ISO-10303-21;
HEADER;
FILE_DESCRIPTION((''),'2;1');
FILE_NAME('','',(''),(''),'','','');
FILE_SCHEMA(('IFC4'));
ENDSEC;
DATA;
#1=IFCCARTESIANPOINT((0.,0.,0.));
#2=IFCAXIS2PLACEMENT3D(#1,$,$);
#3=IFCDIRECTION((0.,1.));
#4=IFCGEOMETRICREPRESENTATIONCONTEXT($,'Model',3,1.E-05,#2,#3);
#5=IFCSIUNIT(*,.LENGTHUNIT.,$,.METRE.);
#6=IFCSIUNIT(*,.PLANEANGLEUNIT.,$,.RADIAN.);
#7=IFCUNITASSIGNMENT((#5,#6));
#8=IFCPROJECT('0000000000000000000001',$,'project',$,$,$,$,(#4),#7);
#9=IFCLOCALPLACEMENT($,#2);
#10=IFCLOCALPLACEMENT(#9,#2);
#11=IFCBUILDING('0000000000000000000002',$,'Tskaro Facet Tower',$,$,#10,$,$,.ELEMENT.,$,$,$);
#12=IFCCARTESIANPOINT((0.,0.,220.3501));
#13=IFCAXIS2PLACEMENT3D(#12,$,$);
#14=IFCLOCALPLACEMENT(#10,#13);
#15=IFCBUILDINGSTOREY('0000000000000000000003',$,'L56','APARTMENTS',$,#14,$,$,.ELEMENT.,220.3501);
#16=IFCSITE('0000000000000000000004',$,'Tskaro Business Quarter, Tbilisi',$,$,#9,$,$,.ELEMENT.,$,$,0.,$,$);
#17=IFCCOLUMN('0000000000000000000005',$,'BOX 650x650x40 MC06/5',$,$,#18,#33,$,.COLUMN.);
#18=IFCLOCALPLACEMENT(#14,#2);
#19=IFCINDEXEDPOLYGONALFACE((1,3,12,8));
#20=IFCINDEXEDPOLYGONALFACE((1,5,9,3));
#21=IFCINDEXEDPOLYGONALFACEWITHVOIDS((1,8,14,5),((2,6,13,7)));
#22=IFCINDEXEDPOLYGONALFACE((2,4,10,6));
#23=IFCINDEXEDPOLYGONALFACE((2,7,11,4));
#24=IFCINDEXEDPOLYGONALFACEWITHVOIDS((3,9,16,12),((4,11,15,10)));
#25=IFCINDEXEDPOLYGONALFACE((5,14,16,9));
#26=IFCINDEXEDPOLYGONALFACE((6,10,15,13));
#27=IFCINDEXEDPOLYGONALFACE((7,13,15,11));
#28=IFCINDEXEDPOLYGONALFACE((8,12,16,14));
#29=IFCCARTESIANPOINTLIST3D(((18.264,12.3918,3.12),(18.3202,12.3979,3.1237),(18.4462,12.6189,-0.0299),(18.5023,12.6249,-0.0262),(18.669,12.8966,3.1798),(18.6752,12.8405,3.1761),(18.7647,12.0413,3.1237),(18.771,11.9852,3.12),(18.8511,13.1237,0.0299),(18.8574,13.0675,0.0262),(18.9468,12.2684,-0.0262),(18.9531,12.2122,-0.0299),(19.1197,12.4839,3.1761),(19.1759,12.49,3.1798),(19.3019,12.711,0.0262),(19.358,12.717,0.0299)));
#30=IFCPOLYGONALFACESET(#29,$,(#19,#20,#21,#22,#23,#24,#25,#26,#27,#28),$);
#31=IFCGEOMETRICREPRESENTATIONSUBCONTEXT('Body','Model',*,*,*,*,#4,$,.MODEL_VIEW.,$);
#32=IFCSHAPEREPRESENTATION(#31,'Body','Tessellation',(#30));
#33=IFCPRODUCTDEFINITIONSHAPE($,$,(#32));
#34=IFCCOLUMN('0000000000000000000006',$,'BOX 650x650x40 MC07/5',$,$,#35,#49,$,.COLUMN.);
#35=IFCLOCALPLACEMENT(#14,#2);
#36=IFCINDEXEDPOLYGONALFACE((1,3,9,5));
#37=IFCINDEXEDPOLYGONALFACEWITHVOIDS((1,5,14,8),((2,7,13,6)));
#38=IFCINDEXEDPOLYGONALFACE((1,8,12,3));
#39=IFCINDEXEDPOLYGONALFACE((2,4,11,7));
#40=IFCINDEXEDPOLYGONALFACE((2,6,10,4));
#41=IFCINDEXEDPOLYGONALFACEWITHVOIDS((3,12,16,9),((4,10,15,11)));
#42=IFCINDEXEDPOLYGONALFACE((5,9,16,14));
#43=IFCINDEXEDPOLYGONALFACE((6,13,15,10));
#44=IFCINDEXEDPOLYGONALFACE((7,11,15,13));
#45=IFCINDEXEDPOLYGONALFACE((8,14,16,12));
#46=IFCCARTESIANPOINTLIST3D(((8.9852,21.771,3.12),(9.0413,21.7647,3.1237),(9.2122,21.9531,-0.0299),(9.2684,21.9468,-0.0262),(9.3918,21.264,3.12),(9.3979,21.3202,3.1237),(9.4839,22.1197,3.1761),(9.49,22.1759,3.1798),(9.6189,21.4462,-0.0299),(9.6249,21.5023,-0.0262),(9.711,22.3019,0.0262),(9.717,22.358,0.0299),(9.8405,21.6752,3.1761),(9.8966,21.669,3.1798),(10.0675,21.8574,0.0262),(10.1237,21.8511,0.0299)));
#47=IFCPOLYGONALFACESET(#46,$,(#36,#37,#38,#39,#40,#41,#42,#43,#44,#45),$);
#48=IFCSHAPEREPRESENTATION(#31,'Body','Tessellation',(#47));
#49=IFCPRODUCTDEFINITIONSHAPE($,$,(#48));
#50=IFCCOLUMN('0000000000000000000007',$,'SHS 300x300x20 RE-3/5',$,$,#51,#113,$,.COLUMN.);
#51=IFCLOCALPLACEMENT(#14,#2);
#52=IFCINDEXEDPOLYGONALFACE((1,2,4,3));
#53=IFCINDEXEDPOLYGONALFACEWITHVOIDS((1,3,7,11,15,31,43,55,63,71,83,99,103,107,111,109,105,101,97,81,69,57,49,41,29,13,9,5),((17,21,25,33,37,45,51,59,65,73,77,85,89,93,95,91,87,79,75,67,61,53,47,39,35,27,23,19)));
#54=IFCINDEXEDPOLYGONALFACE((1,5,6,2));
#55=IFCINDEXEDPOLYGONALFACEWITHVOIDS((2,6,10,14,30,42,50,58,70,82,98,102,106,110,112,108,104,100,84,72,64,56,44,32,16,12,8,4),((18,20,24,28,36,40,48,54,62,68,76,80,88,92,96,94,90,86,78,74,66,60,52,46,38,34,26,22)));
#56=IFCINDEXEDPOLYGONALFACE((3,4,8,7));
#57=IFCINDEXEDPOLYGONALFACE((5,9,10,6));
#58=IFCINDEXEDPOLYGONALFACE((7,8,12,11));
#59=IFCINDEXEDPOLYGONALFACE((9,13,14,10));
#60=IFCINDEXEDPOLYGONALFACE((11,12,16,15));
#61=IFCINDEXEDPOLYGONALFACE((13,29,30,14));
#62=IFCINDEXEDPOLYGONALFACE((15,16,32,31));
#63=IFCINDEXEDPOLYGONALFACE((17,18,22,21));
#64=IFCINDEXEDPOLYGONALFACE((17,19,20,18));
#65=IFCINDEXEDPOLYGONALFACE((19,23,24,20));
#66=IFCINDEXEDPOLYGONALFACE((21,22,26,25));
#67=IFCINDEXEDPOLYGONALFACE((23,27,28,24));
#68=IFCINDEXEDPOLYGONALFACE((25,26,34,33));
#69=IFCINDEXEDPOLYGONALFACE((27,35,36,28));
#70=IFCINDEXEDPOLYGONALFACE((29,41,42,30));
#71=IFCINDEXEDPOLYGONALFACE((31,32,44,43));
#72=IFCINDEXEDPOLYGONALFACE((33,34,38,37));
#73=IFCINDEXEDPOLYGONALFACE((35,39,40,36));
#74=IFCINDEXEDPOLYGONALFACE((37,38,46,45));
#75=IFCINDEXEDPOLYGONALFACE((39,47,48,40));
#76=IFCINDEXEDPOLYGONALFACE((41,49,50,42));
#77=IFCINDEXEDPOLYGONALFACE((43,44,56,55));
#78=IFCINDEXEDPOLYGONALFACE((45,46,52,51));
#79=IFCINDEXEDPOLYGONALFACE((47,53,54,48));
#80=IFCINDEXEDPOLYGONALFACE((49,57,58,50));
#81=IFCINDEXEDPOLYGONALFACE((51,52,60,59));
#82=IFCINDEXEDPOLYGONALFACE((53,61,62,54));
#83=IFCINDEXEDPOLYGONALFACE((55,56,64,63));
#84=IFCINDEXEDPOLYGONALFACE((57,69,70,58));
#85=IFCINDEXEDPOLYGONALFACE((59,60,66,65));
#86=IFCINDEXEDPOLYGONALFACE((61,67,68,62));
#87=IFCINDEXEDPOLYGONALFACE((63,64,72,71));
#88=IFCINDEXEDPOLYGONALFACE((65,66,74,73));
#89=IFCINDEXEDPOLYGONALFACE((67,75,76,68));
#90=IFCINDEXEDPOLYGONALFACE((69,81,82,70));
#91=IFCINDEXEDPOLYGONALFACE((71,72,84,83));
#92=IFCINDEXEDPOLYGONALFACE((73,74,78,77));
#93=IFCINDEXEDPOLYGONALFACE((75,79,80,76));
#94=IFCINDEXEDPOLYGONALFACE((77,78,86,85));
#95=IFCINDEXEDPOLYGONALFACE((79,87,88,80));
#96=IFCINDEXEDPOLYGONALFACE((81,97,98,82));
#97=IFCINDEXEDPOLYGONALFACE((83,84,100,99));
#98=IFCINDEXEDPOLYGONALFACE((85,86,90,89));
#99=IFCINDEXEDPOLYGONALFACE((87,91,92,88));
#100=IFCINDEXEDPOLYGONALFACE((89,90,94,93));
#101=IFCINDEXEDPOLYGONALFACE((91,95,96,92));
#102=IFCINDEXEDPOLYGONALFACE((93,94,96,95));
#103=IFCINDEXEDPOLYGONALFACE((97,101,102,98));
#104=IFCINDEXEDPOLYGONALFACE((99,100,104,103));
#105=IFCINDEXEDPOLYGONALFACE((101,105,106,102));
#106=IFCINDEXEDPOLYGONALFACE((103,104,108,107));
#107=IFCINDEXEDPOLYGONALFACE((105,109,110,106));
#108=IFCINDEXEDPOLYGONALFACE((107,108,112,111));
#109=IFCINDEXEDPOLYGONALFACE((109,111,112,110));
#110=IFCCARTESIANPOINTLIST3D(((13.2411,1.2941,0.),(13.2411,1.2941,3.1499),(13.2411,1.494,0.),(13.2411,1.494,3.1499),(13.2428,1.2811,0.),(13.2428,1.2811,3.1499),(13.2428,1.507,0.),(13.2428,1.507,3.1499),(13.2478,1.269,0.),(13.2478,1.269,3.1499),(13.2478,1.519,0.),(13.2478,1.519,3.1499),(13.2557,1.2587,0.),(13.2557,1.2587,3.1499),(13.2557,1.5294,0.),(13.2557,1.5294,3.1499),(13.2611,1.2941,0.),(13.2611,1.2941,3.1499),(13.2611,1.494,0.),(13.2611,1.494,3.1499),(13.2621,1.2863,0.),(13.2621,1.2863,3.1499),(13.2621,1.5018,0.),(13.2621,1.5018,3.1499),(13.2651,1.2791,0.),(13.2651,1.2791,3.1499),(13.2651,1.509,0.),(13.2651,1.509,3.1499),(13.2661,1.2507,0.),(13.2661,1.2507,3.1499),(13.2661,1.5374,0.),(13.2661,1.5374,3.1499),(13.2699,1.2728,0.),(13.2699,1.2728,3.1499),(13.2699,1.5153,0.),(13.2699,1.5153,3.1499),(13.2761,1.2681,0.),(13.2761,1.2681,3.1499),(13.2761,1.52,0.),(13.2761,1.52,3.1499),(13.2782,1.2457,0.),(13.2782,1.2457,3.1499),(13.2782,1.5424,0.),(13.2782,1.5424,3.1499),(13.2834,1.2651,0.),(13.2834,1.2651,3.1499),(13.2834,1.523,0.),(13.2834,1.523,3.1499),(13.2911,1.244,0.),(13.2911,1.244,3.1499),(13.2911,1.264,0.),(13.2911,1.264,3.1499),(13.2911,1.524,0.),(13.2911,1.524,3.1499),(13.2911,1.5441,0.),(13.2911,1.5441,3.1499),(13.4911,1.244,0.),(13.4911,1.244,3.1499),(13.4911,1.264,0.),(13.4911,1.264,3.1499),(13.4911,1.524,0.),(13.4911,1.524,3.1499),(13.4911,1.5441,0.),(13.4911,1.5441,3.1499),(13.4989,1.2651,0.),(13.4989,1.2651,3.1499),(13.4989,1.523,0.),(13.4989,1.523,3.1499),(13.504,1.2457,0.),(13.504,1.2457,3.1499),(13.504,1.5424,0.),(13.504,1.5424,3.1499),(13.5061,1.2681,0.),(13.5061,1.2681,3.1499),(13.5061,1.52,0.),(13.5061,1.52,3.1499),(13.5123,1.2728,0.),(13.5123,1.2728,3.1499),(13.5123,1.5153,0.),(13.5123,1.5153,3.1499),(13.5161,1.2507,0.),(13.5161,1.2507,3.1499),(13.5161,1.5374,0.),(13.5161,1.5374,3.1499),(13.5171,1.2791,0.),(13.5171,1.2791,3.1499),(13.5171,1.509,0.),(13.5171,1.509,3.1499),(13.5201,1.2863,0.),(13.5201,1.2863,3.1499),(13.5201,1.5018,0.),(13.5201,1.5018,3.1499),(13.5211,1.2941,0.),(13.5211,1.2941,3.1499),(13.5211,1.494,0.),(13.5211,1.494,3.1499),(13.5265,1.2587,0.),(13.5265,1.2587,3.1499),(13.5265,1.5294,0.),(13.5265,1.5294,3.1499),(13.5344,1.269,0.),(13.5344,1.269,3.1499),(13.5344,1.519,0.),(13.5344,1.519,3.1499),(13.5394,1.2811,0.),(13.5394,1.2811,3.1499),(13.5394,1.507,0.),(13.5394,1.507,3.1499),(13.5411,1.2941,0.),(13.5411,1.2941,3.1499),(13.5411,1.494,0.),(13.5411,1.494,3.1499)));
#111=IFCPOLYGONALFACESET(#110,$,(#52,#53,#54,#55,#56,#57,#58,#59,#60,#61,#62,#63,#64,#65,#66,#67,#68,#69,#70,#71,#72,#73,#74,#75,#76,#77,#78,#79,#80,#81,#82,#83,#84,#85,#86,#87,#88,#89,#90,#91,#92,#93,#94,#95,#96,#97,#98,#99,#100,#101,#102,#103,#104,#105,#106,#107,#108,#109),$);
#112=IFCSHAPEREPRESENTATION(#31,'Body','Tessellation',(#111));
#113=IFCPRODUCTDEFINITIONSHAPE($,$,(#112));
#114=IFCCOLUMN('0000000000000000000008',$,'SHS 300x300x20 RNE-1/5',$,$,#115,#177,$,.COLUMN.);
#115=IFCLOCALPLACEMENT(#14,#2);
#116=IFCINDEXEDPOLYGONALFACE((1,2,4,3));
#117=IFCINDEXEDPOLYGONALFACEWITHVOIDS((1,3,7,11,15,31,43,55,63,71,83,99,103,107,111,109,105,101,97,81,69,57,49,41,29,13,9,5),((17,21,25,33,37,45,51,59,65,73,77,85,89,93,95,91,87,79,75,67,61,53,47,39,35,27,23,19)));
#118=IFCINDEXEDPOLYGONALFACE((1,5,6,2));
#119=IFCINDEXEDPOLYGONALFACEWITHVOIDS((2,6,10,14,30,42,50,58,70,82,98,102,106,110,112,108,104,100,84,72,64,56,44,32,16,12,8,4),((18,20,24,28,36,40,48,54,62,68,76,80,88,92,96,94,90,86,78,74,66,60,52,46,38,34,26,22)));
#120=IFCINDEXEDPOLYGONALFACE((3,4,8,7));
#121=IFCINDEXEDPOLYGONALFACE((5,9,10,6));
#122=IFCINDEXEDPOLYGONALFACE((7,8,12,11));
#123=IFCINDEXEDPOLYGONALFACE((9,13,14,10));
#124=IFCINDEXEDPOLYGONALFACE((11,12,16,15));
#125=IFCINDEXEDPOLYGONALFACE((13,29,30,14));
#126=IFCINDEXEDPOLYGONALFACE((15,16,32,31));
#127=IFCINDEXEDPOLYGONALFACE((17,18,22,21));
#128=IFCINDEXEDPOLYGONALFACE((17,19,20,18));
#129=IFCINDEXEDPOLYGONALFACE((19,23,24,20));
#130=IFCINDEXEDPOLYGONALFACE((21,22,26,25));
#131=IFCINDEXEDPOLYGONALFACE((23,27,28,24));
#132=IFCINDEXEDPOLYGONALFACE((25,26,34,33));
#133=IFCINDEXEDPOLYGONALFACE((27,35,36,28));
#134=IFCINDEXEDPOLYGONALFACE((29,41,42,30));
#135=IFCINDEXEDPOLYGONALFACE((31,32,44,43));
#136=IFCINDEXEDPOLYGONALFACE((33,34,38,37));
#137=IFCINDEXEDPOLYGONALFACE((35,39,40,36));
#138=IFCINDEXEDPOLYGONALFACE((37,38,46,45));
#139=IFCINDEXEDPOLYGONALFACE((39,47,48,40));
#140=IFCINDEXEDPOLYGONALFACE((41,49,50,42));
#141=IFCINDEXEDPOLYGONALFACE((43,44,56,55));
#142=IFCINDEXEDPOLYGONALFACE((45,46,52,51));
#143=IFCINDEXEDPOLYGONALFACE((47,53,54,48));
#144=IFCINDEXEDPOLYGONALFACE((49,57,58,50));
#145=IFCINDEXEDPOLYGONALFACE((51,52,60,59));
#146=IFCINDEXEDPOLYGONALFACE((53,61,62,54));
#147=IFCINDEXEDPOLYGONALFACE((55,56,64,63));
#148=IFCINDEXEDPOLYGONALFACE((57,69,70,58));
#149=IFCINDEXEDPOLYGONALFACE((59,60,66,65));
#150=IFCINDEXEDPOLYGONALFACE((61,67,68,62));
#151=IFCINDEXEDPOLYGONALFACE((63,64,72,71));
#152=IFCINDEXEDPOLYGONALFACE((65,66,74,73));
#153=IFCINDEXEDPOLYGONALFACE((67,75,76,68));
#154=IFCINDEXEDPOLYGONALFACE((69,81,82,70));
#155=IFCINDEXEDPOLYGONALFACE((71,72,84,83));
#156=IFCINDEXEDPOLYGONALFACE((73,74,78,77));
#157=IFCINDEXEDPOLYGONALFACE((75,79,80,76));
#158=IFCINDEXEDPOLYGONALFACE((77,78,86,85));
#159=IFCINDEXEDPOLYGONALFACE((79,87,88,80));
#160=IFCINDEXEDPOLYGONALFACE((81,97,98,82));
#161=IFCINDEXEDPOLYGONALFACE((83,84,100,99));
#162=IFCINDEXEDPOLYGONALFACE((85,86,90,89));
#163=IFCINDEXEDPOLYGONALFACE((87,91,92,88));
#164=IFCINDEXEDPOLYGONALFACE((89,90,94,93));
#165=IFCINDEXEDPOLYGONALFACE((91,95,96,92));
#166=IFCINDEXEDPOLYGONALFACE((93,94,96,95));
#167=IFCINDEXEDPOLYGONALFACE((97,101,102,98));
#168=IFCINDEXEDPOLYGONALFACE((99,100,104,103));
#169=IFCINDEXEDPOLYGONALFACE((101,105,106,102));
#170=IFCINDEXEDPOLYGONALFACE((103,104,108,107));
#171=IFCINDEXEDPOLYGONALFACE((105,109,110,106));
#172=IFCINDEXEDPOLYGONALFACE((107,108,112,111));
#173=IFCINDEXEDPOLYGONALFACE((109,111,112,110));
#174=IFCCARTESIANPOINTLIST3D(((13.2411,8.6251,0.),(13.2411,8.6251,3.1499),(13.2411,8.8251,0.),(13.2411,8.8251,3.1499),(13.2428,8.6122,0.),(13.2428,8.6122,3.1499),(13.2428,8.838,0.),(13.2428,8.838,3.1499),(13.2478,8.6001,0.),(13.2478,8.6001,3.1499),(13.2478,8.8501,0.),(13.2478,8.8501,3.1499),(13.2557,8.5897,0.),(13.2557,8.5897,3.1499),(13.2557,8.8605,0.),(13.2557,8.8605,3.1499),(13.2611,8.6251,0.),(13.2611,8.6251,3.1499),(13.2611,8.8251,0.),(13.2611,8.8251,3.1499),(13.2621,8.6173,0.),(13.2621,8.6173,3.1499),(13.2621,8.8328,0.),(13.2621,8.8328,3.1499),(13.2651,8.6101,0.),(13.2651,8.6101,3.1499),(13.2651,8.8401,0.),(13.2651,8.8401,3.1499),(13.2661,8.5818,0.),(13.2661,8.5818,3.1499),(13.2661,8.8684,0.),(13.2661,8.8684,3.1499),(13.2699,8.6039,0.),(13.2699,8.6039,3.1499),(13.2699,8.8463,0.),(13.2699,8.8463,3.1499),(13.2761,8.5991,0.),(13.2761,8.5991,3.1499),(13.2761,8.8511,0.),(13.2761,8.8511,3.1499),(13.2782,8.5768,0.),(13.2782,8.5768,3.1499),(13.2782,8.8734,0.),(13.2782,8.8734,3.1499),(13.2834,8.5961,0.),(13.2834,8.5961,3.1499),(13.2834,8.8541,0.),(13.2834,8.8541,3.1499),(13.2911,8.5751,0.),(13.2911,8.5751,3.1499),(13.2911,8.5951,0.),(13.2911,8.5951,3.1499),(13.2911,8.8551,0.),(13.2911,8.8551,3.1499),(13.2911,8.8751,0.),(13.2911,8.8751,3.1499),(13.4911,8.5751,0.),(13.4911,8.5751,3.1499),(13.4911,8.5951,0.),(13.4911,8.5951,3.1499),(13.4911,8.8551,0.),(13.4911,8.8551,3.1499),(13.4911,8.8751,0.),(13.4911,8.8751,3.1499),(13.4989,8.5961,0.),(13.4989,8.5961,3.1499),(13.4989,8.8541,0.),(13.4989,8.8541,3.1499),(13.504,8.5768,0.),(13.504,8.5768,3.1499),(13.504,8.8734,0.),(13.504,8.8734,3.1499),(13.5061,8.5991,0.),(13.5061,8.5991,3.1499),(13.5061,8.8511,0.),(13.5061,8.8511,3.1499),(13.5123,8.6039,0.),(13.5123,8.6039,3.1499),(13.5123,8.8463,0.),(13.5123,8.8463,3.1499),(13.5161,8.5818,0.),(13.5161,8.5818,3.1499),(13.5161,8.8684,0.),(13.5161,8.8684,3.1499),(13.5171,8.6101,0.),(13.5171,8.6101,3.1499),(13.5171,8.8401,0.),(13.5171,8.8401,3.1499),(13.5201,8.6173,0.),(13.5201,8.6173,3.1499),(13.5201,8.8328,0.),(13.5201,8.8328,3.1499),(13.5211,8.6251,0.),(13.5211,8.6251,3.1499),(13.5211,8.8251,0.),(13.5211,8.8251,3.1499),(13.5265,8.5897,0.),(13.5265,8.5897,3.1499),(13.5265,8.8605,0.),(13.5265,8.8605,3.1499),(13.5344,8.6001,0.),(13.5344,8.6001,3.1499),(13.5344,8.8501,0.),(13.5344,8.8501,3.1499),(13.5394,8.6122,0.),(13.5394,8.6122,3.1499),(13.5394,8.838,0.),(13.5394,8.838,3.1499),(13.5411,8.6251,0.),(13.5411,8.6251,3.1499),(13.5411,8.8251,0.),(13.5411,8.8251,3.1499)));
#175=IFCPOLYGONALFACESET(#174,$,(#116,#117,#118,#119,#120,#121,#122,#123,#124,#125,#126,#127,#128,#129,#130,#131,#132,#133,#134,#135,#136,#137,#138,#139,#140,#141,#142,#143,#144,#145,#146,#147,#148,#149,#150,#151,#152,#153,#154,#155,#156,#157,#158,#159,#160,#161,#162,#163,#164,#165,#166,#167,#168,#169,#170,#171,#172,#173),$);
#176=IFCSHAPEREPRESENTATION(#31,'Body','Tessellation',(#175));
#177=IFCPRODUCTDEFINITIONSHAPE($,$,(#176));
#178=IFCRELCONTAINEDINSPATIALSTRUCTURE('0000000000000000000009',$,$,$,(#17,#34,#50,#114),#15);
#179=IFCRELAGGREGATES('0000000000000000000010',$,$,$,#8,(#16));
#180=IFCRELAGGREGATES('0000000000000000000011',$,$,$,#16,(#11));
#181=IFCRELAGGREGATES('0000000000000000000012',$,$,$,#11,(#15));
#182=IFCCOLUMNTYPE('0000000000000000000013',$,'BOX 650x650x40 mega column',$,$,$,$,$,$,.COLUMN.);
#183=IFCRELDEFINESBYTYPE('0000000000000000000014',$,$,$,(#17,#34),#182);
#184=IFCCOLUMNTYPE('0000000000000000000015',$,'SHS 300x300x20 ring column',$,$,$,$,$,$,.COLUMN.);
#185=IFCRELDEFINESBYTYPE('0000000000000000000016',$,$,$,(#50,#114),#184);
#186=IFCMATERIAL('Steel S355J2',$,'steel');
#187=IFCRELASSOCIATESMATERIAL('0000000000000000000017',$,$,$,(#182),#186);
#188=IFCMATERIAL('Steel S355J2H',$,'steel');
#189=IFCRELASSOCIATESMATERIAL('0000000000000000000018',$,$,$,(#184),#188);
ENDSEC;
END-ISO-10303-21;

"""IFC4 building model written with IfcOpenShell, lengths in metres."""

from ifc_helpers import new_model, si_unit, direction, frame, origin, origin_2d, place, context, subcontext, project, spatial, hollow_rectangle, extrude, material, material_profile, profile_set, type_object, element, save


model = new_model("IFC4")

# Units and contexts
model_context = context("Model", 3, precision=1e-05, world=origin(), true_north=direction((0.0, 1.0)))
body_context = subcontext(model_context, "Body", "Model", "MODEL_VIEW")
ifc_project = project(units=[si_unit("LENGTHUNIT", "METRE"), si_unit("PLANEANGLEUNIT", "RADIAN")], contexts=[model_context])

# Site, building, storey
site_placement = place(None, origin())
site = spatial("IfcSite", under=ifc_project, at=site_placement, Name="Tskaro Business Quarter, Tbilisi", CompositionType="ELEMENT", RefElevation=0.0)
building_placement = place(site_placement, origin())
building = spatial("IfcBuilding", under=site, at=building_placement, Name="Tskaro Facet Tower", CompositionType="ELEMENT")
storey_placement = place(building_placement, frame((0.0, 0.0, 220.3501)))
storey = spatial("IfcBuildingStorey", under=building, at=storey_placement, Name="L56", Description="APARTMENTS", CompositionType="ELEMENT", Elevation=220.3501)

# Columns
ifc_material_1 = material(Name="Steel S355J2", Category="steel")
ifc_material_profile_1 = material_profile(ifc_material_1, hollow_rectangle(XDim=0.6499, YDim=0.6499, WallThickness=0.04, at=origin_2d()), Name="BOX 650x650x40")
ifc_profile_set_1 = profile_set([ifc_material_profile_1], Name="Steel S355J2")
column_type_1 = type_object("IfcColumnType", Name="BOX 650x650x40 mega column", PredefinedType="COLUMN", material=ifc_profile_set_1)
for number, where, z_axis, x_axis, name in (
    (1, (18.9021, 12.668, 0.0), (-0.057575, -0.071776, 0.995758), (0.78005, -0.625717, 0.0), "BOX 650x650x40 MC06/5"),
    (2, (9.668, 21.9021, 0.0), (-0.071776, -0.057575, 0.995758), (0.625717, -0.78005, 0.0), "BOX 650x650x40 MC07/5"),
):
    element("IfcColumn", number, at=place(storey_placement, frame(where, z_axis=z_axis, x_axis=x_axis)), inside=storey, type_object=column_type_1, Name=name, PredefinedType="COLUMN", context=body_context, shape_type="SweptSolid", body=[
        extrude(hollow_rectangle(XDim=0.6499, YDim=0.6499, WallThickness=0.04, at=origin_2d()), origin(), (0.0, 0.0, 1.0), 3.1633),
    ])
ifc_material_2 = material(Name="Steel S355J2H", Category="steel")
ifc_material_profile_2 = material_profile(ifc_material_2, hollow_rectangle(XDim=0.3, YDim=0.3, WallThickness=0.02, InnerFilletRadius=0.03, OuterFilletRadius=0.05, at=origin_2d()), Name="SHS 300x300x20")
ifc_profile_set_2 = profile_set([ifc_material_profile_2], Name="Steel S355J2H")
column_type_2 = type_object("IfcColumnType", Name="SHS 300x300x20 ring column", PredefinedType="COLUMN", material=ifc_profile_set_2)
for number, where, z_axis, x_axis, name in (
    (3, (13.3911, 1.394, 0.0), (0.0, 0.0, 1.0), (1.0, 0.0, 0.0), "SHS 300x300x20 RE-3/5"),
    (4, (13.3911, 8.7251, 0.0), (0.0, 0.0, 1.0), (1.0, 0.0, 0.0), "SHS 300x300x20 RNE-1/5"),
):
    element("IfcColumn", number, at=place(storey_placement, frame(where, z_axis=z_axis, x_axis=x_axis)), inside=storey, type_object=column_type_2, Name=name, PredefinedType="COLUMN", context=body_context, shape_type="SweptSolid", body=[
        extrude(hollow_rectangle(XDim=0.3, YDim=0.3, WallThickness=0.02, InnerFilletRadius=0.03, OuterFilletRadius=0.05, at=origin_2d()), origin(), (0.0, 0.0, 1.0), 3.1499),
    ])

save(model, "model.ifc")
